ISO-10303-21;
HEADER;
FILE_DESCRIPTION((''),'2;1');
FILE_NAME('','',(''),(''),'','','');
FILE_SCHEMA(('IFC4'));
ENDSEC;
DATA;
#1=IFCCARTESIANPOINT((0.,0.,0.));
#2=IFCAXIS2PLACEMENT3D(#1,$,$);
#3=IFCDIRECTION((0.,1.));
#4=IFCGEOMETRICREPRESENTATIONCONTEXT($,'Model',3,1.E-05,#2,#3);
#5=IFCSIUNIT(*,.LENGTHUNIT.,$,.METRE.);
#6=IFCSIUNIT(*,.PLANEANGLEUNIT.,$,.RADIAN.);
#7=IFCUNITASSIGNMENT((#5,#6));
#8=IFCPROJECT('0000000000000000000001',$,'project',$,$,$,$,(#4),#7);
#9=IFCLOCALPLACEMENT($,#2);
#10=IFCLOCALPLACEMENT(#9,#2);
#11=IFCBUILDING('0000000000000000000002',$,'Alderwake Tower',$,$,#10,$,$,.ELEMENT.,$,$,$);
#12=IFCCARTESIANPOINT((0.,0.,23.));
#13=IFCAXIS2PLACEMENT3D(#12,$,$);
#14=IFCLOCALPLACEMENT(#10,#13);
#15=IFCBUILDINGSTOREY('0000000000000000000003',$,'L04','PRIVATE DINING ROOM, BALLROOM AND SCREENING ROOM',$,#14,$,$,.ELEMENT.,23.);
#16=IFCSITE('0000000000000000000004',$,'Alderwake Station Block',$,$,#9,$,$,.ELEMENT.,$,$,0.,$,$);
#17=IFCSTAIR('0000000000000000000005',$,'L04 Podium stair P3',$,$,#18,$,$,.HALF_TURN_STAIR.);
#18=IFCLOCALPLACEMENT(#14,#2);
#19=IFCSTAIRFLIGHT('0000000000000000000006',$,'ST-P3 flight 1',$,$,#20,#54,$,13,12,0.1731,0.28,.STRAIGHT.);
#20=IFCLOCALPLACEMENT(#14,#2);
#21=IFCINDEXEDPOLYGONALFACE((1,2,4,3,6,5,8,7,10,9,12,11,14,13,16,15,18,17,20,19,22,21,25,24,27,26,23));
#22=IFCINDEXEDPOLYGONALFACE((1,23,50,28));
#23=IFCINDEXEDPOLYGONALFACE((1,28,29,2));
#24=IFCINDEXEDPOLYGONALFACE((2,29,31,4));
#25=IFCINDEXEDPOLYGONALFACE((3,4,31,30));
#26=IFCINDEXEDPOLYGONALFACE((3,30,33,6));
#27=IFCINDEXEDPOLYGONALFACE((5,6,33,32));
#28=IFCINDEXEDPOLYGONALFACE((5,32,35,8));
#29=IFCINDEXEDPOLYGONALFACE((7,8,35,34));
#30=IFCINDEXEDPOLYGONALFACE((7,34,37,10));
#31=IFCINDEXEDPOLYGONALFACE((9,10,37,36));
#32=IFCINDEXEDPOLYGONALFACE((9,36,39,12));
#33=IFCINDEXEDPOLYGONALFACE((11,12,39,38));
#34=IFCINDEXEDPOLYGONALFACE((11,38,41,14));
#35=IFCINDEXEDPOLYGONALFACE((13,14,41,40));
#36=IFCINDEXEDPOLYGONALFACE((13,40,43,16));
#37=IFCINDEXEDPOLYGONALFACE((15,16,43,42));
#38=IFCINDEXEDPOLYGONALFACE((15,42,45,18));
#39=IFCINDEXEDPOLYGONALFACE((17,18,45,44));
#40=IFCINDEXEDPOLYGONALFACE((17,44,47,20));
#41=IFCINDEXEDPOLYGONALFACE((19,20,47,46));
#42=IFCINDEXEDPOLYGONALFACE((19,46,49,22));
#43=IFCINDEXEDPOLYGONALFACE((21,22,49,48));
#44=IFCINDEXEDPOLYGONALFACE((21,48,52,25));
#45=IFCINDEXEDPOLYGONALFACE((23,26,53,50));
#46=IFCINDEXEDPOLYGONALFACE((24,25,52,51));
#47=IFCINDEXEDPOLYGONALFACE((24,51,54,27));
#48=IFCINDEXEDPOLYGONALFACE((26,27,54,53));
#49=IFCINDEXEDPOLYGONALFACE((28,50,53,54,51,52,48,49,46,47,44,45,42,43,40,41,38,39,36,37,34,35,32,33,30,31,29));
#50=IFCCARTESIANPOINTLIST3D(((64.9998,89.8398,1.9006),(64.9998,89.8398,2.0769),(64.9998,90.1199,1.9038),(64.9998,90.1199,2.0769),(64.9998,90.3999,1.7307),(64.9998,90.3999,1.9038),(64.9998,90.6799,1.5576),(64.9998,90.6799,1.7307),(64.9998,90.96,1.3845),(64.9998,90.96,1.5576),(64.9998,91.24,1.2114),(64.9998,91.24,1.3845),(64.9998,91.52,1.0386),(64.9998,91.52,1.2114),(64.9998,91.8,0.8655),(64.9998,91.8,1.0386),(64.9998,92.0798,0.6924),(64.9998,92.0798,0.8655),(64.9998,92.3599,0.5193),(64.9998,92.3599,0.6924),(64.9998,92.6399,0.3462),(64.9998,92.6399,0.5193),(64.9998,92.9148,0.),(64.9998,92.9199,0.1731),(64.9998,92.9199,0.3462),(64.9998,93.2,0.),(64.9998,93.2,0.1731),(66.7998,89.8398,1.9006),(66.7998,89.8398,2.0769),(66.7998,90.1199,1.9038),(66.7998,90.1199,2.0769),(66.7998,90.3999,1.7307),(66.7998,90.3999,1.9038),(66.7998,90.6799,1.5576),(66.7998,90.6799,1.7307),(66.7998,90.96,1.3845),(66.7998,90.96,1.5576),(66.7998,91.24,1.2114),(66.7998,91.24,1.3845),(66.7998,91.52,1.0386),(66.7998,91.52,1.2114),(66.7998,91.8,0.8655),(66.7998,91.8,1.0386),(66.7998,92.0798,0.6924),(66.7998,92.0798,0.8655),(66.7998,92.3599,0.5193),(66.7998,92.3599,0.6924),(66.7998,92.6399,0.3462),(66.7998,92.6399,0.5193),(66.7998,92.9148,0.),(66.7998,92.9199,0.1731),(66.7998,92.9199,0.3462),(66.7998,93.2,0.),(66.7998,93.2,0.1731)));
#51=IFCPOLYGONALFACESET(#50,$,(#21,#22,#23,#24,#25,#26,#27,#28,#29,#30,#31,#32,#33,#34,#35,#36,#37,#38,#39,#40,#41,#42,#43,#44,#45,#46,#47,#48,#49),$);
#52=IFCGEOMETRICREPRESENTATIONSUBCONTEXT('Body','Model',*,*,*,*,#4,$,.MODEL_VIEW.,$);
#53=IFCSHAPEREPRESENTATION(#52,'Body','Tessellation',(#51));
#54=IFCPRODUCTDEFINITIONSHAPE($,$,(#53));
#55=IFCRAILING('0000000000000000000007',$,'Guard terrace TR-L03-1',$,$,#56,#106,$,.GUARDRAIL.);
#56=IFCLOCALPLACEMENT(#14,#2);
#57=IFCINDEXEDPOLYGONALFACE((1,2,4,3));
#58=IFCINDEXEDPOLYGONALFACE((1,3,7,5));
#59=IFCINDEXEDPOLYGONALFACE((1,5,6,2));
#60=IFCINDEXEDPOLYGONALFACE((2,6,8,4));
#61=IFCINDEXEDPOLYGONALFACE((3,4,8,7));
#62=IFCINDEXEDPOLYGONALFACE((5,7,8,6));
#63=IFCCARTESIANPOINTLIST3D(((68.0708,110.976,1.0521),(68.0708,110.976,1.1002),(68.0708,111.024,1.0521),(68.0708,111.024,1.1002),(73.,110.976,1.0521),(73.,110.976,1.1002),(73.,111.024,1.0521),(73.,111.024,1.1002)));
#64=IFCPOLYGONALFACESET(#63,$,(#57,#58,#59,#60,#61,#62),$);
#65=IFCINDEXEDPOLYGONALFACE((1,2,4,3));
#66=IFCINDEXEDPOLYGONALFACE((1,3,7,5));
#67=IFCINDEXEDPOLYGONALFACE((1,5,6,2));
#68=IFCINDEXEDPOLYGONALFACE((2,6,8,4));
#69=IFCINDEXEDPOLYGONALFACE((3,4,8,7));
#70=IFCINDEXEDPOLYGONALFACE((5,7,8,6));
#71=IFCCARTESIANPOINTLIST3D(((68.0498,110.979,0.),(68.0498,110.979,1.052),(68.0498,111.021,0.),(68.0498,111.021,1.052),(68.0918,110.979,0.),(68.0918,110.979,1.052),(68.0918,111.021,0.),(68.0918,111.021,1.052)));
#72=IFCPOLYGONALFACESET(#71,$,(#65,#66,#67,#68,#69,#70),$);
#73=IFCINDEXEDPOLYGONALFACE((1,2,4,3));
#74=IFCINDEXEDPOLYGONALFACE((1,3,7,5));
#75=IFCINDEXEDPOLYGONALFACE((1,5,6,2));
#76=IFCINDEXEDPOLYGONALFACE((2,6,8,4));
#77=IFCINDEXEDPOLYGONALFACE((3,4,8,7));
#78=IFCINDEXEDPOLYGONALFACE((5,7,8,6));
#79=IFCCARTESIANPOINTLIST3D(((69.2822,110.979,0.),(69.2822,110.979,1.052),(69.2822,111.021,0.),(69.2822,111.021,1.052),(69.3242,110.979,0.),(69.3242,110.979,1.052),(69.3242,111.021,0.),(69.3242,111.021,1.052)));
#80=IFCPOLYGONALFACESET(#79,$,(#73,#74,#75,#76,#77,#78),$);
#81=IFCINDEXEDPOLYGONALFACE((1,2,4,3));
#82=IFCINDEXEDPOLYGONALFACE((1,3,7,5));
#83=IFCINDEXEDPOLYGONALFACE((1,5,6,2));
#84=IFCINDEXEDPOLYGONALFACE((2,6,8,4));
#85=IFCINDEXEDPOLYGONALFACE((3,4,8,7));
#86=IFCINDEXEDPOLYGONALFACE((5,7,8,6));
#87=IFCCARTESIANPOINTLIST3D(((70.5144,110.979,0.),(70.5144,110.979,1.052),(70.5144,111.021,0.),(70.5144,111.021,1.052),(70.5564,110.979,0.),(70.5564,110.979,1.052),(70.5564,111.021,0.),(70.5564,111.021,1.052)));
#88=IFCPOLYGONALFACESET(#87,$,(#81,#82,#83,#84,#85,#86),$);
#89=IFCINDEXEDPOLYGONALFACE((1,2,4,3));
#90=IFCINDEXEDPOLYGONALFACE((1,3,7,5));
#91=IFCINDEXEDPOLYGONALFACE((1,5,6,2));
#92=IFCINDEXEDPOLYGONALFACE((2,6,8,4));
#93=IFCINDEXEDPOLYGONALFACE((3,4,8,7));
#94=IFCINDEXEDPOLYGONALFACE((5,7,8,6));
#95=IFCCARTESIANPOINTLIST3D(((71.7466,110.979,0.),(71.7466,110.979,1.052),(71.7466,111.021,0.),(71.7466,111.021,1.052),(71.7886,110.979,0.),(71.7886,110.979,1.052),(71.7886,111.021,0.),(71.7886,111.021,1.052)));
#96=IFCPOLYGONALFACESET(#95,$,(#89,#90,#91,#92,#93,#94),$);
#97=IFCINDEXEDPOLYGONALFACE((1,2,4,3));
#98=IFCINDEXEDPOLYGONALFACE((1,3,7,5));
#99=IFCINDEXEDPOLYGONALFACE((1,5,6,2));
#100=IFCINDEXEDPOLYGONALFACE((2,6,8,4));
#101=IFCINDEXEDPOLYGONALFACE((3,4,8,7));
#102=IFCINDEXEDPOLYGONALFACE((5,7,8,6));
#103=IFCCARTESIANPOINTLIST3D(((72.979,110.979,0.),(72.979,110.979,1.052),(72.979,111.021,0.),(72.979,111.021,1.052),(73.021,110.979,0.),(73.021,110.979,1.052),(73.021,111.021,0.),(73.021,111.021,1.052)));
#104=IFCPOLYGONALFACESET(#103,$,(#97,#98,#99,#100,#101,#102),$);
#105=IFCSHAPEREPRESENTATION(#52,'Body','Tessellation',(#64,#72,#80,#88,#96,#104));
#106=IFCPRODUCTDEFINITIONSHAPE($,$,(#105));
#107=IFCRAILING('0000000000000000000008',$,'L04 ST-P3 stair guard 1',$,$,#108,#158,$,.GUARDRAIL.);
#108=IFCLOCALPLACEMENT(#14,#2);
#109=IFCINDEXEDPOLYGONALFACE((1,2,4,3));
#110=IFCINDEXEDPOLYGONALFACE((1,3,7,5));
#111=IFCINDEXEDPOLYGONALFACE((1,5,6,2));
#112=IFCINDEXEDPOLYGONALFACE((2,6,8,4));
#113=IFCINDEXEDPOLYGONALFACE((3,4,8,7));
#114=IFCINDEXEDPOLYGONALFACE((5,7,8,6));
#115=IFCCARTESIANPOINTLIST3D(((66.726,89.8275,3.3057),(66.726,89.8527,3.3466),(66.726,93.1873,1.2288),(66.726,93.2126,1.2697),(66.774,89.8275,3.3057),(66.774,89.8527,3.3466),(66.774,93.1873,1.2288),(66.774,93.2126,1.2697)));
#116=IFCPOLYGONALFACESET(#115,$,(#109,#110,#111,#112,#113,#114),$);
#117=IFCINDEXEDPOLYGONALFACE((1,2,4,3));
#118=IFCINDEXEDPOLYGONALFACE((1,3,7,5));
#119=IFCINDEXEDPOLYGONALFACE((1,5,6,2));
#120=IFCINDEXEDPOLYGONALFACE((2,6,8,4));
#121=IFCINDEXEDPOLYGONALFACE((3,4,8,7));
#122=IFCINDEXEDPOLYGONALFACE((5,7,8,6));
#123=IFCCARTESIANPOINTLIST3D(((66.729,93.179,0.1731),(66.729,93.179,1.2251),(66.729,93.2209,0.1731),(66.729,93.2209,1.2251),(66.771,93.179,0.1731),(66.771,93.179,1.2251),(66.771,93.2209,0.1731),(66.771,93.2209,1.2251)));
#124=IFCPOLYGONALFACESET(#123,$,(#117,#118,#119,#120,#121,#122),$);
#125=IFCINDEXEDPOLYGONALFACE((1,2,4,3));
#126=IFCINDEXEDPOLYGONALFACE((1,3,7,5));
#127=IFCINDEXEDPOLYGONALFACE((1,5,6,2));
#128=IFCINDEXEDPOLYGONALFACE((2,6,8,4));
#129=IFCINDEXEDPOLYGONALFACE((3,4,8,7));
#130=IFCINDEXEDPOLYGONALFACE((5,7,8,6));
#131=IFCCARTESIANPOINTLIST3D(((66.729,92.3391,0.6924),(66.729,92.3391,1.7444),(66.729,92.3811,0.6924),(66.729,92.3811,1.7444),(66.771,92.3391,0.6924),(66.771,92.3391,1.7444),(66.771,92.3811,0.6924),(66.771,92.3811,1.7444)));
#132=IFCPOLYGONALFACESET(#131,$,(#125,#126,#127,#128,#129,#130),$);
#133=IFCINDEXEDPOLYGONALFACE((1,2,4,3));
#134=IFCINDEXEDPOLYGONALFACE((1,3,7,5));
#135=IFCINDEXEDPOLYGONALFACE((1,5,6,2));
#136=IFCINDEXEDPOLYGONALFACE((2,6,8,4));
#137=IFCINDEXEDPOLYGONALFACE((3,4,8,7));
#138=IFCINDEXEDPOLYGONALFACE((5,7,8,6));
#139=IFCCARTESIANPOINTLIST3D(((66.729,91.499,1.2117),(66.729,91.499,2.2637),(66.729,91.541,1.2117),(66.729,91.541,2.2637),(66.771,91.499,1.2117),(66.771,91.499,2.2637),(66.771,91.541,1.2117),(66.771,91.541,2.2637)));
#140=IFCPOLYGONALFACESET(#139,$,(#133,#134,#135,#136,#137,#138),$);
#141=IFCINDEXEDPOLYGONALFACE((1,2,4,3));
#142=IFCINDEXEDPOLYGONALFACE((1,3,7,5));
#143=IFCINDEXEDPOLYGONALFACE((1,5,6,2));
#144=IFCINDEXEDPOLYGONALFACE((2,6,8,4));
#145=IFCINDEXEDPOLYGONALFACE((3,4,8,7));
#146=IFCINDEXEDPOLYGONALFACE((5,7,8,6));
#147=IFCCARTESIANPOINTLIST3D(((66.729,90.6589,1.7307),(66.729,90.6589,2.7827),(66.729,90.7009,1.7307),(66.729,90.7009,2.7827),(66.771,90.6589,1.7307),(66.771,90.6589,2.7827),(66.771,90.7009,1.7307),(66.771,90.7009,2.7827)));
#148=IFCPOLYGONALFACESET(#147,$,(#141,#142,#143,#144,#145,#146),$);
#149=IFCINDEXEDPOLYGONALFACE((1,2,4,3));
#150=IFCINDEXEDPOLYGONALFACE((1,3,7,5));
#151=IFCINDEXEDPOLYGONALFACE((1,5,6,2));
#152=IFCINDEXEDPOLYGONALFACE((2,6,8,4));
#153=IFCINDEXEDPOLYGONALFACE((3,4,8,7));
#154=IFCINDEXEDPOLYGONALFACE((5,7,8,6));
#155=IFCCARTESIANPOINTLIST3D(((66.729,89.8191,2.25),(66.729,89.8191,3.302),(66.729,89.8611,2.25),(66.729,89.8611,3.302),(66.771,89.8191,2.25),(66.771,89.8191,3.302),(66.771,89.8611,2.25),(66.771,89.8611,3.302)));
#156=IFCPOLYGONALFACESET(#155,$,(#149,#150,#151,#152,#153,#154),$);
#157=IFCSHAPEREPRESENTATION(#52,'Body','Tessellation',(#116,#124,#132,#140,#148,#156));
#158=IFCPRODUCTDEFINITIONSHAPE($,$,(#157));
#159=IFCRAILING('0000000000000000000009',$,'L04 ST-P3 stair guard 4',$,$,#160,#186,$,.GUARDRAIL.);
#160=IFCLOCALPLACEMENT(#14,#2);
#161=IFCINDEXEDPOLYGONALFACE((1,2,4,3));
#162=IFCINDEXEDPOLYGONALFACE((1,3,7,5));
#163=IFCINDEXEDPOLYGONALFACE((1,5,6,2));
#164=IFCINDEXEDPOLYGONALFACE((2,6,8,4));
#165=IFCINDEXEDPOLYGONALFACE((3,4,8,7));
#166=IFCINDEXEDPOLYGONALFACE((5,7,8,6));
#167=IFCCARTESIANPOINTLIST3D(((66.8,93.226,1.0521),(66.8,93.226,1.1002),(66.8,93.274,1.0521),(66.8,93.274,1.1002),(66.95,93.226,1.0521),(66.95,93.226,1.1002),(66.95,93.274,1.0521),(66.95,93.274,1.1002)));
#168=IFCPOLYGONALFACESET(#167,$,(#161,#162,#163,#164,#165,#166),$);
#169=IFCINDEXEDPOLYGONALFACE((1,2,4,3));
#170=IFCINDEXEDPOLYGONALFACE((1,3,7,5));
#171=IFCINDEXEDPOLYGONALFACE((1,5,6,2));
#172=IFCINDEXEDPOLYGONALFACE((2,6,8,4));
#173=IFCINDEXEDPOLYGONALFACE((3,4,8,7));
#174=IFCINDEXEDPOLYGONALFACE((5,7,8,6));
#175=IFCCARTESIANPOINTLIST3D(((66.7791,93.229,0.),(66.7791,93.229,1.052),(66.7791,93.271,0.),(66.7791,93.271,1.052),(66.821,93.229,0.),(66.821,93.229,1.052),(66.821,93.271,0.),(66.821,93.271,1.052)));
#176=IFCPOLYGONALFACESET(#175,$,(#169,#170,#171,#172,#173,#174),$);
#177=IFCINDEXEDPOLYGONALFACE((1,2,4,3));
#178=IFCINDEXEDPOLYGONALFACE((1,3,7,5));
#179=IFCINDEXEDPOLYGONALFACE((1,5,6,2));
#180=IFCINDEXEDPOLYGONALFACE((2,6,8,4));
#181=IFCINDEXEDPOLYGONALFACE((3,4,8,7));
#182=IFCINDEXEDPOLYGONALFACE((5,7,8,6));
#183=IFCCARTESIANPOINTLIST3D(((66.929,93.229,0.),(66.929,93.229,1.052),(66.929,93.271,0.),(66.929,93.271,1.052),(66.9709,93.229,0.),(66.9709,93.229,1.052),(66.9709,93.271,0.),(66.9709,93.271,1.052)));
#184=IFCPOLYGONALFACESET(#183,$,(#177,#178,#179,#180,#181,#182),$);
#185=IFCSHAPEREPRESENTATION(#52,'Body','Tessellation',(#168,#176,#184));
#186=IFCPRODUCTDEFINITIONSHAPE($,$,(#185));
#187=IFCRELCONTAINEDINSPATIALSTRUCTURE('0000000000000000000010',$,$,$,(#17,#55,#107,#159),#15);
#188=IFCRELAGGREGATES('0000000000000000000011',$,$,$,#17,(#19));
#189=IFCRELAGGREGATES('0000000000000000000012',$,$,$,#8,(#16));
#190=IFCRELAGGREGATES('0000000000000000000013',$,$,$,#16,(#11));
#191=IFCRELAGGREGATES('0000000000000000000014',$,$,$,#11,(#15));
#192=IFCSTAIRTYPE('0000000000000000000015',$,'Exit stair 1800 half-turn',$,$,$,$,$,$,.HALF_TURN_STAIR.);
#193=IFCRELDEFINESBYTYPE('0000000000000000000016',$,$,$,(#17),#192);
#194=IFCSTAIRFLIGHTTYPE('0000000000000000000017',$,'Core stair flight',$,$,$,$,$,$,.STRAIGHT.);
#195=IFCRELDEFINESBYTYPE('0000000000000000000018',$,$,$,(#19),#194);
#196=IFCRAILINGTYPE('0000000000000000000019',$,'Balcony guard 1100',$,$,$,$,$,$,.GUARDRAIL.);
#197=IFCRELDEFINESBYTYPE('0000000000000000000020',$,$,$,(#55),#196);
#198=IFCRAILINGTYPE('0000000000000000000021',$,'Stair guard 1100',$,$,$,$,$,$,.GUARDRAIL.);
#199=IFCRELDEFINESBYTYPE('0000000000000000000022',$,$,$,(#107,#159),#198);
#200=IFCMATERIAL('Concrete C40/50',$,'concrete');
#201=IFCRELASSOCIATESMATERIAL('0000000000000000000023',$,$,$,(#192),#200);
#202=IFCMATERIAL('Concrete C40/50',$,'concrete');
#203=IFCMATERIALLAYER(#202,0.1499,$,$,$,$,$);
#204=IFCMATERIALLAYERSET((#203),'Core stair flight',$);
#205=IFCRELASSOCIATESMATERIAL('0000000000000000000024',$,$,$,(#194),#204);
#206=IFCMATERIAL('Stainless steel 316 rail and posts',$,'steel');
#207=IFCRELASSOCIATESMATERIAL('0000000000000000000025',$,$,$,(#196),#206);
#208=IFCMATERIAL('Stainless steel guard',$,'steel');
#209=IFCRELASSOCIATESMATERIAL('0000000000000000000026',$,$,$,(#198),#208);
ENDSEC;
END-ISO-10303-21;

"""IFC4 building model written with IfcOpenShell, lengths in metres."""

from ifc_helpers import new_model, si_unit, direction, frame, origin, origin_with_axes, origin_2d, place, context, subcontext, project, spatial, polyline, rectangle, outline, extrude, material, layer, layer_set, type_object, element, aggregate, save


model = new_model("IFC4")

# Units and contexts
model_context = context("Model", 3, precision=1e-05, world=origin(), true_north=direction((0.0, 1.0)))
body_context = subcontext(model_context, "Body", "Model", "MODEL_VIEW")
ifc_project = project(units=[si_unit("LENGTHUNIT", "METRE"), si_unit("PLANEANGLEUNIT", "RADIAN")], contexts=[model_context])

# Site, building, storey
site_placement = place(None, origin())
site = spatial("IfcSite", under=ifc_project, at=site_placement, Name="Alderwake Station Block", CompositionType="ELEMENT", RefElevation=0.0)
building_placement = place(site_placement, origin())
building = spatial("IfcBuilding", under=site, at=building_placement, Name="Alderwake Tower", CompositionType="ELEMENT")
storey_placement = place(building_placement, frame((0.0, 0.0, 23.0)))
storey = spatial("IfcBuildingStorey", under=building, at=storey_placement, Name="L04", Description="PRIVATE DINING ROOM, BALLROOM AND SCREENING ROOM", CompositionType="ELEMENT", Elevation=23.0)

# Stair, stair flight
ifc_material_1 = material(Name="Concrete C40/50", Category="concrete")
stair_type = type_object("IfcStairType", Name="Exit stair 1800 half-turn", PredefinedType="HALF_TURN_STAIR", material=ifc_material_1)
stair_placement = place(storey_placement, origin())
stair = element("IfcStair", 1, at=stair_placement, inside=storey, type_object=stair_type, Name="L04 Podium stair P3", PredefinedType="HALF_TURN_STAIR")
ifc_material_2 = material(Name="Concrete C40/50", Category="concrete")
ifc_layer_1 = layer(ifc_material_2, 0.1499)
ifc_layer_set_1 = layer_set([ifc_layer_1], Name="Core stair flight")
stair_flight_type = type_object("IfcStairFlightType", Name="Core stair flight", PredefinedType="STRAIGHT", material=ifc_layer_set_1)
stair_flight_placement = place(storey_placement, frame((65.8999, 93.2, 0.0), z_axis=(0.0, 0.0, 1.0), x_axis=(0.0, -1.0, 0.0)))
stair_flight = element("IfcStairFlight", 2, at=stair_flight_placement, type_object=stair_flight_type, Name="ST-P3 flight 1", NumberOfRisers=13, NumberOfTreads=12, PredefinedType="STRAIGHT", RiserHeight=0.1731, TreadLength=0.28, context=body_context, shape_type="SweptSolid", body=[
    extrude(outline(polyline([(0.0, 0.0), (0.0, 0.1731), (0.28, 0.1731), (0.28, 0.3462), (0.5601, 0.3462), (0.5601, 0.5193), (0.8401, 0.5193), (0.8401, 0.6924), (1.1201, 0.6924), (1.1201, 0.8655), (1.3999, 0.8655), (1.3999, 1.0386), (1.6799, 1.0386), (1.6799, 1.2114), (1.96, 1.2114), (1.96, 1.3845), (2.24, 1.3845), (2.24, 1.5576), (2.52, 1.5576), (2.52, 1.7307), (2.8, 1.7307), (2.8, 1.9038), (3.0801, 1.9038), (3.0801, 2.0769), (3.3601, 2.0769), (3.3601, 2.25), (3.3601, 1.9006), (0.2852, 0.0), (0.0, 0.0)])), frame((0.0, 0.8999, 0.0), z_axis=(0.0, -1.0, 0.0), x_axis=(1.0, 0.0, 0.0)), (0.0, 0.0, 1.0), 1.8),
])
aggregate(stair, [stair_flight])

# Railings
ifc_material_3 = material(Name="Stainless steel 316 rail and posts", Category="steel")
railing_type_1 = type_object("IfcRailingType", Name="Balcony guard 1100", PredefinedType="GUARDRAIL", material=ifc_material_3)
railing_1_placement = place(storey_placement, frame((68.0708, 111.0, 0.0)))
element("IfcRailing", 3, at=railing_1_placement, inside=storey, type_object=railing_type_1, Name="Guard terrace TR-L03-1", PredefinedType="GUARDRAIL", context=body_context, shape_type="SweptSolid", body=[
    extrude(rectangle(XDim=0.0481, YDim=0.0481, at=origin_2d()), frame((0.0, 0.0, 1.0762), z_axis=(1.0, 0.0, 0.0), x_axis=(0.0, 1.0, 0.0)), (0.0, 0.0, 1.0), 4.9292),
    extrude(rectangle(XDim=0.042, YDim=0.042, at=origin_2d()), origin_with_axes(), (0.0, 0.0, 1.0), 1.052),
    extrude(rectangle(XDim=0.042, YDim=0.042, at=origin_2d()), frame((1.2324, 0.0, 0.0), z_axis=(0.0, 0.0, 1.0), x_axis=(1.0, 0.0, 0.0)), (0.0, 0.0, 1.0), 1.052),
    extrude(rectangle(XDim=0.042, YDim=0.042, at=origin_2d()), frame((2.4646, 0.0, 0.0), z_axis=(0.0, 0.0, 1.0), x_axis=(1.0, 0.0, 0.0)), (0.0, 0.0, 1.0), 1.052),
    extrude(rectangle(XDim=0.042, YDim=0.042, at=origin_2d()), frame((3.6968, 0.0, 0.0), z_axis=(0.0, 0.0, 1.0), x_axis=(1.0, 0.0, 0.0)), (0.0, 0.0, 1.0), 1.052),
    extrude(rectangle(XDim=0.042, YDim=0.042, at=origin_2d()), frame((4.9292, 0.0, 0.0), z_axis=(0.0, 0.0, 1.0), x_axis=(1.0, 0.0, 0.0)), (0.0, 0.0, 1.0), 1.052),
])
ifc_material_4 = material(Name="Stainless steel guard", Category="steel")
railing_type_2 = type_object("IfcRailingType", Name="Stair guard 1100", PredefinedType="GUARDRAIL", material=ifc_material_4)
railing_2_placement = place(storey_placement, frame((66.75, 93.2, 0.1731)))
element("IfcRailing", 4, at=railing_2_placement, inside=storey, type_object=railing_type_2, Name="L04 ST-P3 stair guard 1", PredefinedType="GUARDRAIL", context=body_context, shape_type="SweptSolid", body=[
    extrude(rectangle(XDim=0.0481, YDim=0.0481, at=origin_2d()), frame((0.0, 0.0, 1.0762), z_axis=(0.0, -0.850606, 0.525803), x_axis=(1.0, 0.0, 0.0)), (0.0, 0.0, 1.0), 3.95),
    extrude(rectangle(XDim=0.042, YDim=0.042, at=origin_2d()), frame((0.0, 0.0, 0.0), z_axis=(0.0, 0.0, 1.0), x_axis=(0.0, -1.0, 0.0)), (0.0, 0.0, 1.0), 1.052),
    extrude(rectangle(XDim=0.042, YDim=0.042, at=origin_2d()), frame((0.0, -0.8398, 0.5193), z_axis=(0.0, 0.0, 1.0), x_axis=(0.0, -1.0, 0.0)), (0.0, 0.0, 1.0), 1.052),
    extrude(rectangle(XDim=0.042, YDim=0.042, at=origin_2d()), frame((0.0, -1.6799, 1.0386), z_axis=(0.0, 0.0, 1.0), x_axis=(0.0, -1.0, 0.0)), (0.0, 0.0, 1.0), 1.052),
    extrude(rectangle(XDim=0.042, YDim=0.042, at=origin_2d()), frame((0.0, -2.52, 1.5576), z_axis=(0.0, 0.0, 1.0), x_axis=(0.0, -1.0, 0.0)), (0.0, 0.0, 1.0), 1.052),
    extrude(rectangle(XDim=0.042, YDim=0.042, at=origin_2d()), frame((0.0, -3.3599, 2.0769), z_axis=(0.0, 0.0, 1.0), x_axis=(0.0, -1.0, 0.0)), (0.0, 0.0, 1.0), 1.052),
])
railing_3_placement = place(storey_placement, frame((66.8, 93.25, 0.0)))
element("IfcRailing", 5, at=railing_3_placement, inside=storey, type_object=railing_type_2, Name="L04 ST-P3 stair guard 4", PredefinedType="GUARDRAIL", context=body_context, shape_type="SweptSolid", body=[
    extrude(rectangle(XDim=0.0481, YDim=0.0481, at=origin_2d()), frame((0.0, 0.0, 1.0762), z_axis=(1.0, 0.0, 0.0), x_axis=(0.0, 1.0, 0.0)), (0.0, 0.0, 1.0), 0.1499),
    extrude(rectangle(XDim=0.042, YDim=0.042, at=origin_2d()), origin_with_axes(), (0.0, 0.0, 1.0), 1.052),
    extrude(rectangle(XDim=0.042, YDim=0.042, at=origin_2d()), frame((0.1499, 0.0, 0.0), z_axis=(0.0, 0.0, 1.0), x_axis=(1.0, 0.0, 0.0)), (0.0, 0.0, 1.0), 1.052),
])

save(model, "model.ifc")
